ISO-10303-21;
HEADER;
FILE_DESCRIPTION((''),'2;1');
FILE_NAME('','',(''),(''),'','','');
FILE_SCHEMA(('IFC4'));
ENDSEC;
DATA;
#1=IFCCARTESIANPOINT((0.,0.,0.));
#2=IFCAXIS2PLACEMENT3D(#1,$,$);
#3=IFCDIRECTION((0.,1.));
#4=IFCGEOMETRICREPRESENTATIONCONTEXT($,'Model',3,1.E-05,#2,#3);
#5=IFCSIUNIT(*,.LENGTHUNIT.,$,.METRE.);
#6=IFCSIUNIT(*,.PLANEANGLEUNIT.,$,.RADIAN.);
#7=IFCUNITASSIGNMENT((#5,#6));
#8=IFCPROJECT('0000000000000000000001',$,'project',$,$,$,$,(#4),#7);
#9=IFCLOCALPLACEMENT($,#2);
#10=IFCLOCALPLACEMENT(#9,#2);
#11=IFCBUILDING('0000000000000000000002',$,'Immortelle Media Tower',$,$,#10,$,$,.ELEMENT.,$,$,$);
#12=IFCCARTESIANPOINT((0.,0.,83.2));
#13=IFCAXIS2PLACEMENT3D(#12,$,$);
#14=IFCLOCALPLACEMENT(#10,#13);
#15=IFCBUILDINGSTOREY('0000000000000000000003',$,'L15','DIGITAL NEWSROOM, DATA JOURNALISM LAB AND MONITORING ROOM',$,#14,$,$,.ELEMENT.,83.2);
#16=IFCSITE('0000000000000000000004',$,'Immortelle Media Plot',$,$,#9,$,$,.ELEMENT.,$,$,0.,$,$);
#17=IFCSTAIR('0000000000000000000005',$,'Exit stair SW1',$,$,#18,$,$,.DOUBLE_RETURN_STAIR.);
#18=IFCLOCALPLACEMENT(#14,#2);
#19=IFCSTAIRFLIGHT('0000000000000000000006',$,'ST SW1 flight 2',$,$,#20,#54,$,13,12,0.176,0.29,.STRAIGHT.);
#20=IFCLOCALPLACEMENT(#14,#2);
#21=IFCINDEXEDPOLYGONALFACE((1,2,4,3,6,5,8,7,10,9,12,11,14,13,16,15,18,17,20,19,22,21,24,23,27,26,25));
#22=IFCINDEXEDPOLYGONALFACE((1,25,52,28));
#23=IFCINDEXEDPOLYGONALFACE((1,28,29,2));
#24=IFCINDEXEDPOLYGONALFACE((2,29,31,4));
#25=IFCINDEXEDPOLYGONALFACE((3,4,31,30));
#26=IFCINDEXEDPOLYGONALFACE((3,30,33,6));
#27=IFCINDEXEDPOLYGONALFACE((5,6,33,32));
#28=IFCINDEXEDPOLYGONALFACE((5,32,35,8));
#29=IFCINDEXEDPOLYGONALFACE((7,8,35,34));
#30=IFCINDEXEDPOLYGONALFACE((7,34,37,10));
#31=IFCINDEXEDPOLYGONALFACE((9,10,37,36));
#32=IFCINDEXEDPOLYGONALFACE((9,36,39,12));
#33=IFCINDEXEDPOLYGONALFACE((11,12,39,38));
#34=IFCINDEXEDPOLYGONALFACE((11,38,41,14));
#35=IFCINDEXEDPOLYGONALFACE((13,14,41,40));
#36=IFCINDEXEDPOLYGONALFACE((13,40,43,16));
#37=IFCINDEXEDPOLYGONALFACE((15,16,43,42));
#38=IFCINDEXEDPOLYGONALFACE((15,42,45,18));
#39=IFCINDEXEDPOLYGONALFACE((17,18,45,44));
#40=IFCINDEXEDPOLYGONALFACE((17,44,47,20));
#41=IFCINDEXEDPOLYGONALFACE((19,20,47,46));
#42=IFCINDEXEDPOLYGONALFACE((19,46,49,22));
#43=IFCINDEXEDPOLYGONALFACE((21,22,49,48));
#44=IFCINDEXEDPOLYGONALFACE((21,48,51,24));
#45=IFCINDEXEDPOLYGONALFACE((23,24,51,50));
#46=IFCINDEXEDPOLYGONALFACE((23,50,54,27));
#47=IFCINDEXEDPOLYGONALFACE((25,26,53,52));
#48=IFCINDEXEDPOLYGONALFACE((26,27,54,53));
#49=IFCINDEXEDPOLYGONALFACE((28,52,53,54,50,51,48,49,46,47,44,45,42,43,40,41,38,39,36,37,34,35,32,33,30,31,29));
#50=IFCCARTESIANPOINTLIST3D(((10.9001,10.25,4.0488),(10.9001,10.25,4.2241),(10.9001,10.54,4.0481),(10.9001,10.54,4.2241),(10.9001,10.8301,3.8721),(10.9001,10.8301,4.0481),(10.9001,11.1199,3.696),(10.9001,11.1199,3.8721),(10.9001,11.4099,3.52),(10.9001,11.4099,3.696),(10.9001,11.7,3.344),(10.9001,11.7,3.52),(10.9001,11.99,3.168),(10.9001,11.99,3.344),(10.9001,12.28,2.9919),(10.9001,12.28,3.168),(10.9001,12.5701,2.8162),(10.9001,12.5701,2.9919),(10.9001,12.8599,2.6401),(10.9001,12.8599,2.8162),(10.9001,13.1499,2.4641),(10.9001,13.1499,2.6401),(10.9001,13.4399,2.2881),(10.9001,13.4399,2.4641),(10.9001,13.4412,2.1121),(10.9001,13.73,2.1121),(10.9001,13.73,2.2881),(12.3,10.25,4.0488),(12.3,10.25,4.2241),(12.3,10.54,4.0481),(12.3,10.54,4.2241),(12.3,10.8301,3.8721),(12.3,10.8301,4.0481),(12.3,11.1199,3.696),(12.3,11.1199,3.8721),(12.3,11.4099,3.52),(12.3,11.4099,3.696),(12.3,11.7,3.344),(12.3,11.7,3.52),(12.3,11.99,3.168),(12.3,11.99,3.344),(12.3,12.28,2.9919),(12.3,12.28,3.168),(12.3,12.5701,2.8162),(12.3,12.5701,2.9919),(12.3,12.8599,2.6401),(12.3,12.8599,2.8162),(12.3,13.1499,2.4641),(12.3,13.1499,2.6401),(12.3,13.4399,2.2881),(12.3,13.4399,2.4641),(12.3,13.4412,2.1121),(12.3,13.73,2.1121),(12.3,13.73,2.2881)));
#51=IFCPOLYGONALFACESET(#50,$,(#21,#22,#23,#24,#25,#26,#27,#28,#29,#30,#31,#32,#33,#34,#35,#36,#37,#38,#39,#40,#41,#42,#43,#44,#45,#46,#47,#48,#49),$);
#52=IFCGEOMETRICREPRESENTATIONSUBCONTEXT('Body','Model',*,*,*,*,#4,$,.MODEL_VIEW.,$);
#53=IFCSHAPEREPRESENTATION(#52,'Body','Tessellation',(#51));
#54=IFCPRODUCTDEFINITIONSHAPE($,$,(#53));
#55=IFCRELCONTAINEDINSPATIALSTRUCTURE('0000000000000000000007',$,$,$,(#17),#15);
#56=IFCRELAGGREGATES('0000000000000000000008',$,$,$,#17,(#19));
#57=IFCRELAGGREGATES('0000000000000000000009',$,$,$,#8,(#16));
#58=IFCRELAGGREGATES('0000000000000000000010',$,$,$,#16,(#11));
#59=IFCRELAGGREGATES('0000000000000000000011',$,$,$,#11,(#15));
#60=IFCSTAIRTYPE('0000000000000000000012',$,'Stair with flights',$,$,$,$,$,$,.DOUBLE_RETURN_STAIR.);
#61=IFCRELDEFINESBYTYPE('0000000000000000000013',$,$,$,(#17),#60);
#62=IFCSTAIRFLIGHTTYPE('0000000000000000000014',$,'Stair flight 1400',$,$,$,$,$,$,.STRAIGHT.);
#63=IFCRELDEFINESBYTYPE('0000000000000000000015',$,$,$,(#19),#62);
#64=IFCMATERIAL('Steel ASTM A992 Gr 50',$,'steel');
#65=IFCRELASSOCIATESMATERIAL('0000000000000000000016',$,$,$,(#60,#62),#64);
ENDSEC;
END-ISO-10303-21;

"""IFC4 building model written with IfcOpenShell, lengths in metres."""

from ifc_helpers import new_model, si_unit, direction, frame, origin, place, context, subcontext, project, spatial, polyline, outline, extrude, material, type_object, element, aggregate, save


model = new_model("IFC4")

# Units and contexts
model_context = context("Model", 3, precision=1e-05, world=origin(), true_north=direction((0.0, 1.0)))
body_context = subcontext(model_context, "Body", "Model", "MODEL_VIEW")
ifc_project = project(units=[si_unit("LENGTHUNIT", "METRE"), si_unit("PLANEANGLEUNIT", "RADIAN")], contexts=[model_context])

# Site, building, storey
site_placement = place(None, origin())
site = spatial("IfcSite", under=ifc_project, at=site_placement, Name="Immortelle Media Plot", CompositionType="ELEMENT", RefElevation=0.0)
building_placement = place(site_placement, origin())
building = spatial("IfcBuilding", under=site, at=building_placement, Name="Immortelle Media Tower", CompositionType="ELEMENT")
storey_placement = place(building_placement, frame((0.0, 0.0, 83.2)))
storey = spatial("IfcBuildingStorey", under=building, at=storey_placement, Name="L15", Description="DIGITAL NEWSROOM, DATA JOURNALISM LAB AND MONITORING ROOM", CompositionType="ELEMENT", Elevation=83.2)

# Shared definitions
ifc_material_1 = material(Name="Steel ASTM A992 Gr 50", Category="steel")

# Stair, stair flight
stair_type = type_object("IfcStairType", Name="Stair with flights", PredefinedType="DOUBLE_RETURN_STAIR", material=ifc_material_1)
stair_placement = place(storey_placement, origin())
stair = element("IfcStair", 1, at=stair_placement, inside=storey, type_object=stair_type, Name="Exit stair SW1", PredefinedType="DOUBLE_RETURN_STAIR")
stair_flight_type = type_object("IfcStairFlightType", Name="Stair flight 1400", PredefinedType="STRAIGHT", material=ifc_material_1)
stair_flight_1_placement = place(storey_placement, frame((11.6001, 13.73, 2.1121), z_axis=(0.0, 0.0, 1.0), x_axis=(0.0, -1.0, 0.0)))
stair_flight_1 = element("IfcStairFlight", 2, at=stair_flight_1_placement, type_object=stair_flight_type, Name="ST SW1 flight 2", NumberOfRisers=13, NumberOfTreads=12, PredefinedType="STRAIGHT", RiserHeight=0.176, TreadLength=0.29, context=body_context, shape_type="SweptSolid", body=[
    extrude(outline(polyline([(0.0, 0.0), (0.0, 0.176), (0.29, 0.176), (0.29, 0.3521), (0.5801, 0.3521), (0.5801, 0.5281), (0.8701, 0.5281), (0.8701, 0.7041), (1.1599, 0.7041), (1.1599, 0.8799), (1.45, 0.8799), (1.45, 1.0559), (1.74, 1.0559), (1.74, 1.2319), (2.03, 1.2319), (2.03, 1.408), (2.3201, 1.408), (2.3201, 1.584), (2.6101, 1.584), (2.6101, 1.76), (2.8999, 1.76), (2.8999, 1.936), (3.1899, 1.936), (3.1899, 2.1121), (3.48, 2.1121), (3.48, 2.2881), (3.48, 1.9368), (0.2888, 0.0), (0.0, 0.0)])), frame((0.0, 0.7, 0.0), z_axis=(0.0, -1.0, 0.0), x_axis=(1.0, 0.0, 0.0)), (0.0, 0.0, 1.0), 1.3999),
])
aggregate(stair, [stair_flight_1])

save(model, "model.ifc")
